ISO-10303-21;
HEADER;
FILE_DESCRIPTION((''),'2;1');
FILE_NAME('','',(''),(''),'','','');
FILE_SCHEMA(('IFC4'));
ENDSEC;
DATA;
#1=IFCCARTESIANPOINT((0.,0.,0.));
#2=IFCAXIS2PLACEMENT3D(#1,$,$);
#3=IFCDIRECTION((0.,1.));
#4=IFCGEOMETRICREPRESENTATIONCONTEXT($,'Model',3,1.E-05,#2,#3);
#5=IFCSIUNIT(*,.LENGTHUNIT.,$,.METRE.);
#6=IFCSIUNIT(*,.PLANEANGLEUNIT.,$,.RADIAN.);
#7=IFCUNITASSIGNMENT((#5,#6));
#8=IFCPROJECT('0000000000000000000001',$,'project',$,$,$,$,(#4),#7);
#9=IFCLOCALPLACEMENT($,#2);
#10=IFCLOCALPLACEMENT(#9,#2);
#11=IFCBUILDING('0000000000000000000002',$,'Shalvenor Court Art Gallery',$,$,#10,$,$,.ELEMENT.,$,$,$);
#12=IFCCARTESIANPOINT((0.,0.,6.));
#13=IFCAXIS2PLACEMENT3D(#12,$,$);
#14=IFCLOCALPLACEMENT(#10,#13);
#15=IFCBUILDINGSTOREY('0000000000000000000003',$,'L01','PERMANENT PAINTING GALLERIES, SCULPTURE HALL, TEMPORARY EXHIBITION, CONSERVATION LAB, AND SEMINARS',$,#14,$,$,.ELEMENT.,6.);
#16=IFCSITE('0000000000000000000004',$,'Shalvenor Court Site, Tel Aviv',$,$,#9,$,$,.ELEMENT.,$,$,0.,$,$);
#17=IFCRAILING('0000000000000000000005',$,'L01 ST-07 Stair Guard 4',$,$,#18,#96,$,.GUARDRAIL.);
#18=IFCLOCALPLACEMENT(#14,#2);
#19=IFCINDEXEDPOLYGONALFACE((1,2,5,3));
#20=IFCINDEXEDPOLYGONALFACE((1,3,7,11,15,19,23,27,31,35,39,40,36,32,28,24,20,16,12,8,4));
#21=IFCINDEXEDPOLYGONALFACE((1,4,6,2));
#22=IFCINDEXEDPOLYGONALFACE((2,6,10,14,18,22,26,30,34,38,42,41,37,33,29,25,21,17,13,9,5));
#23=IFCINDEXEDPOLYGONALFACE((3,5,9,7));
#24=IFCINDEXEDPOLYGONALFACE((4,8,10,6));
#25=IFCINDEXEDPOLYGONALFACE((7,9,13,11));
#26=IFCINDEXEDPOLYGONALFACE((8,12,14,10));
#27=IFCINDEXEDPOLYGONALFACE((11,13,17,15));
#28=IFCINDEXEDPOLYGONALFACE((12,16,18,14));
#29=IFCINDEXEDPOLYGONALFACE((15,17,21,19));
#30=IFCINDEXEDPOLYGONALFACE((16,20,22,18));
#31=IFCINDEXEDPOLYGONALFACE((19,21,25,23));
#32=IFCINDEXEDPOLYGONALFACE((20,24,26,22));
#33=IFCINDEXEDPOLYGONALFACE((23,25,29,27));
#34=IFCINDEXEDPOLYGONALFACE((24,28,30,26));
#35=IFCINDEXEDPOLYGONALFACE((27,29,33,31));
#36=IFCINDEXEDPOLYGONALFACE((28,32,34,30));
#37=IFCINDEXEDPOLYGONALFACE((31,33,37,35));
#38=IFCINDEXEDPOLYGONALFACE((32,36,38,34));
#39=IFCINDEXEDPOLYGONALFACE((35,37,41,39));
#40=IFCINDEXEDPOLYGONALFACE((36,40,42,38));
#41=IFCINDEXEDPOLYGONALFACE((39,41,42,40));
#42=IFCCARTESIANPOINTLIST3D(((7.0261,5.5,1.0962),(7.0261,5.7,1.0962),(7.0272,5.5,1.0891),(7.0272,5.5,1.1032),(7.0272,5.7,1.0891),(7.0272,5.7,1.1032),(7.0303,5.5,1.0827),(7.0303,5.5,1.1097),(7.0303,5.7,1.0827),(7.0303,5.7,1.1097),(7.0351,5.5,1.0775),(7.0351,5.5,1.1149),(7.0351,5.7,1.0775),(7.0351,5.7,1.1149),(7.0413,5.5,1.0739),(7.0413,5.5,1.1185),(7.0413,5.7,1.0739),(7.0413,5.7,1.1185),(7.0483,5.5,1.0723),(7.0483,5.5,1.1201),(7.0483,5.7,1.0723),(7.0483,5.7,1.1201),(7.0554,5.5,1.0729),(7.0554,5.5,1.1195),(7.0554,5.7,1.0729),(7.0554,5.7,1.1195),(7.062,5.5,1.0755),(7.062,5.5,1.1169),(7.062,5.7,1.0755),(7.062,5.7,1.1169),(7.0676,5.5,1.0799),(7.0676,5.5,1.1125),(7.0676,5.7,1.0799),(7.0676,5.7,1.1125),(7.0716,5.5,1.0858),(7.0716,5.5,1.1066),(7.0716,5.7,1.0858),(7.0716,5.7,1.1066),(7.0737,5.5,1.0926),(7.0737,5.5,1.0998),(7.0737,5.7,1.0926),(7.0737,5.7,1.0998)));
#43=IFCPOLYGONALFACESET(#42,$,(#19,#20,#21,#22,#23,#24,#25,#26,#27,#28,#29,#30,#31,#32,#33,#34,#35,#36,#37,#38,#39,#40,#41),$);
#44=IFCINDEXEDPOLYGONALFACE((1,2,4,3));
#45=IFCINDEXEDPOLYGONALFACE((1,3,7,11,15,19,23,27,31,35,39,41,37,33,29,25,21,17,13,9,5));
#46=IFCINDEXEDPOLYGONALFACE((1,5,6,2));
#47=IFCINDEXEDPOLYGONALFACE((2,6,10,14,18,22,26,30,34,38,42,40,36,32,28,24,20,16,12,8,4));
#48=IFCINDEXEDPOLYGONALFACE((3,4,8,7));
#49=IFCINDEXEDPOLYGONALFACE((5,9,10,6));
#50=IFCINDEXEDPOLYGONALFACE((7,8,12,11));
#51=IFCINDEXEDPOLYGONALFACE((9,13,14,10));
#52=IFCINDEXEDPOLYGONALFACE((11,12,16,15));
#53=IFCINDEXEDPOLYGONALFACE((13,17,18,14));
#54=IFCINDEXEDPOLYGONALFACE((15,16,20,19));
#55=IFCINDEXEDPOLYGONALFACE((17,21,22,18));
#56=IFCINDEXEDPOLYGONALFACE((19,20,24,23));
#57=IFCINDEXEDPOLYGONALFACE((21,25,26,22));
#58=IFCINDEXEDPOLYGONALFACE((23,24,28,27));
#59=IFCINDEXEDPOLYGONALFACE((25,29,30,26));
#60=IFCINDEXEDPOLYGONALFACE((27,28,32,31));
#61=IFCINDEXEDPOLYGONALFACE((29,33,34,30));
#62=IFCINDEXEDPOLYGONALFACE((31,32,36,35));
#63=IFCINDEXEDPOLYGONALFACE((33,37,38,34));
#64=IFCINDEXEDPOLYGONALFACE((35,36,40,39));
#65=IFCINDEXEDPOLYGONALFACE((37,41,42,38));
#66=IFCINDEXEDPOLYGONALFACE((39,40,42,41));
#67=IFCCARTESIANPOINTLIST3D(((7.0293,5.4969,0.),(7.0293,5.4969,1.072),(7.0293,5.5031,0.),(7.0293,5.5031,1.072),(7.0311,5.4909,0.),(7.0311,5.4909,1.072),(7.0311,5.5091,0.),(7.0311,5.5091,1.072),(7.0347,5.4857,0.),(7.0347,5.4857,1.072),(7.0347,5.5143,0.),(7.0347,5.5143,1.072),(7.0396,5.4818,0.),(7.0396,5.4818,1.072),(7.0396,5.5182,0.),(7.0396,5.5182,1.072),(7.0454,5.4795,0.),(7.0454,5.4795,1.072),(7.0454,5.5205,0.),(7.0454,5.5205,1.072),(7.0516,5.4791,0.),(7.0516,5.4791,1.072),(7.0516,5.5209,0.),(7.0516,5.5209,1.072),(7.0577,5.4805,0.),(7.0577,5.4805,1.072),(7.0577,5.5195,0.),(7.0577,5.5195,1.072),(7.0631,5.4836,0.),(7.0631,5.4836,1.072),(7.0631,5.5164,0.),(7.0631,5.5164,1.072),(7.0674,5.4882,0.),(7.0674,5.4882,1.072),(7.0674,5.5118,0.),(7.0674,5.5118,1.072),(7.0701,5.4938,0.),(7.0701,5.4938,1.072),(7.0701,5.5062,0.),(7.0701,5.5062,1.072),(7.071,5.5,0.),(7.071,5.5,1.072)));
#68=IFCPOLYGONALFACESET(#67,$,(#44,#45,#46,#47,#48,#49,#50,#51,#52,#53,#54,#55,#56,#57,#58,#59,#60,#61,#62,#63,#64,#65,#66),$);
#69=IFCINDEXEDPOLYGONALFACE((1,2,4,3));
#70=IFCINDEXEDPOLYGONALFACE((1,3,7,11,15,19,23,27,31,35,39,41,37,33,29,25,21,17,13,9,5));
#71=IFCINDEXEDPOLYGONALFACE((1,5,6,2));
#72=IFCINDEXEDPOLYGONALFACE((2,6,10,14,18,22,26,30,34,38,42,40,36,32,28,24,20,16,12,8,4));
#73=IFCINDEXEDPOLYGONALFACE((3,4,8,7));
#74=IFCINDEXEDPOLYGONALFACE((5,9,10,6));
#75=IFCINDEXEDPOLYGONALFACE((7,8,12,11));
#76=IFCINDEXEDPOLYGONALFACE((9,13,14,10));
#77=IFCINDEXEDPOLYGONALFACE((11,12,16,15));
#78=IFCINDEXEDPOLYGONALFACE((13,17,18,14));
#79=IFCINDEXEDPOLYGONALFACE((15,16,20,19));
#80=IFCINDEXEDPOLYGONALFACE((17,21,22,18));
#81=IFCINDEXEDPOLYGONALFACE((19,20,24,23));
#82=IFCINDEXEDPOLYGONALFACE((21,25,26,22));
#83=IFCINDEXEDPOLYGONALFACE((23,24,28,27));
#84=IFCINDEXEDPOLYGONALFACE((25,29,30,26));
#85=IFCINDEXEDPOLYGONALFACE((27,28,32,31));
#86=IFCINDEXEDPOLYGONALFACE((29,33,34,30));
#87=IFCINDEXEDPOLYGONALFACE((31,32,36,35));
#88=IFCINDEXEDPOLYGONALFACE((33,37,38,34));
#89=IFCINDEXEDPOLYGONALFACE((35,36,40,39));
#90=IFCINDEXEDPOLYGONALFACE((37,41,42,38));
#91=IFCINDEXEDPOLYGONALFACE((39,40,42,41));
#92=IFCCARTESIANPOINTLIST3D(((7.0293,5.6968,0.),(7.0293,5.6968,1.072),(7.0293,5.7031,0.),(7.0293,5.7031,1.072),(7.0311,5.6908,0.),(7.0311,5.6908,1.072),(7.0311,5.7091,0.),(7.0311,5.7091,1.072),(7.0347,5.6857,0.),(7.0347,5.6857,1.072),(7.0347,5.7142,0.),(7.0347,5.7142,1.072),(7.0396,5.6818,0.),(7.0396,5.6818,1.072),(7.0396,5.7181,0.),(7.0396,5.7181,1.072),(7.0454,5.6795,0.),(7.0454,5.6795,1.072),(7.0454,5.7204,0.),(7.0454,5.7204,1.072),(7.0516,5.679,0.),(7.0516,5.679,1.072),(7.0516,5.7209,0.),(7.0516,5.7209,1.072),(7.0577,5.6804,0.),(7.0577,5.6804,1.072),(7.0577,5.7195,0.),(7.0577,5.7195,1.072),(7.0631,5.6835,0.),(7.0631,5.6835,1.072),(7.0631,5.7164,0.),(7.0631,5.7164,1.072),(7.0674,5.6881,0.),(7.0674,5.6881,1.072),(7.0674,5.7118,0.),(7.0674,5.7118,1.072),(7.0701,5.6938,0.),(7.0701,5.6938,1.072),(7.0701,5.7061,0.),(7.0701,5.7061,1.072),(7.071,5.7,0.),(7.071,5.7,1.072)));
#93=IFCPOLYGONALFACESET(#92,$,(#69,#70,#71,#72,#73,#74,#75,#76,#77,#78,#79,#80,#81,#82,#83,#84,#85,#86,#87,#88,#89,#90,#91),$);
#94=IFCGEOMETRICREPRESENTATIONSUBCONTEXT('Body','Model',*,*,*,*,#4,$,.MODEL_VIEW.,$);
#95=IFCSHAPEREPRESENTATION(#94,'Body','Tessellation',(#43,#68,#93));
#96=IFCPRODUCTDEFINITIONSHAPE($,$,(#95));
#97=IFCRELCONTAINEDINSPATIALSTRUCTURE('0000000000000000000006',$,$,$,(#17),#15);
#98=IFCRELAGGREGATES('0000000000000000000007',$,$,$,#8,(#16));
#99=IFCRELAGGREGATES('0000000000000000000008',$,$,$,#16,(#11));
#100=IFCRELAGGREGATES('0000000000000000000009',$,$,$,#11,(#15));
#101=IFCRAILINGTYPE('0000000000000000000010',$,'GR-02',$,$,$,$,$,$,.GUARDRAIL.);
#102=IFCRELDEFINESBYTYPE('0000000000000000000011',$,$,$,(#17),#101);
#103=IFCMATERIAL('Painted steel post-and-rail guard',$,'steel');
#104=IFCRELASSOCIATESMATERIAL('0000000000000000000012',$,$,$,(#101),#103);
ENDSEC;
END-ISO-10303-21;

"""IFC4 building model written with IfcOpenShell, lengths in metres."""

from ifc_helpers import new_model, si_unit, direction, frame, origin, origin_2d, place, context, subcontext, project, spatial, circle, extrude, material, type_object, element, save


model = new_model("IFC4")

# Units and contexts
model_context = context("Model", 3, precision=1e-05, world=origin(), true_north=direction((0.0, 1.0)))
body_context = subcontext(model_context, "Body", "Model", "MODEL_VIEW")
ifc_project = project(units=[si_unit("LENGTHUNIT", "METRE"), si_unit("PLANEANGLEUNIT", "RADIAN")], contexts=[model_context])

# Site, building, storey
site_placement = place(None, origin())
site = spatial("IfcSite", under=ifc_project, at=site_placement, Name="Shalvenor Court Site, Tel Aviv", CompositionType="ELEMENT", RefElevation=0.0)
building_placement = place(site_placement, origin())
building = spatial("IfcBuilding", under=site, at=building_placement, Name="Shalvenor Court Art Gallery", CompositionType="ELEMENT")
storey_placement = place(building_placement, frame((0.0, 0.0, 6.0)))
storey = spatial("IfcBuildingStorey", under=building, at=storey_placement, Name="L01", Description="PERMANENT PAINTING GALLERIES, SCULPTURE HALL, TEMPORARY EXHIBITION, CONSERVATION LAB, AND SEMINARS", CompositionType="ELEMENT", Elevation=6.0)

# Railing
ifc_material_1 = material(Name="Painted steel post-and-rail guard", Category="steel")
railing_type_1 = type_object("IfcRailingType", Name="GR-02", PredefinedType="GUARDRAIL", material=ifc_material_1)
railing_1_placement = place(storey_placement, frame((7.05, 5.5, 0.0)))
element("IfcRailing", 1, at=railing_1_placement, inside=storey, type_object=railing_type_1, Name="L01 ST-07 Stair Guard 4", PredefinedType="GUARDRAIL", context=body_context, shape_type="SweptSolid", body=[
    extrude(circle(Radius=0.0239, at=origin_2d()), frame((0.0, 0.0, 1.0962), z_axis=(0.0, 1.0, 0.0), x_axis=(-1.0, 0.0, 0.0)), (0.0, 0.0, 1.0), 0.2),
    extrude(circle(Radius=0.021, at=origin_2d()), origin(), (0.0, 0.0, 1.0), 1.072),
    extrude(circle(Radius=0.021, at=origin_2d()), frame((0.0, 0.2, 0.0)), (0.0, 0.0, 1.0), 1.072),
])

save(model, "model.ifc")
